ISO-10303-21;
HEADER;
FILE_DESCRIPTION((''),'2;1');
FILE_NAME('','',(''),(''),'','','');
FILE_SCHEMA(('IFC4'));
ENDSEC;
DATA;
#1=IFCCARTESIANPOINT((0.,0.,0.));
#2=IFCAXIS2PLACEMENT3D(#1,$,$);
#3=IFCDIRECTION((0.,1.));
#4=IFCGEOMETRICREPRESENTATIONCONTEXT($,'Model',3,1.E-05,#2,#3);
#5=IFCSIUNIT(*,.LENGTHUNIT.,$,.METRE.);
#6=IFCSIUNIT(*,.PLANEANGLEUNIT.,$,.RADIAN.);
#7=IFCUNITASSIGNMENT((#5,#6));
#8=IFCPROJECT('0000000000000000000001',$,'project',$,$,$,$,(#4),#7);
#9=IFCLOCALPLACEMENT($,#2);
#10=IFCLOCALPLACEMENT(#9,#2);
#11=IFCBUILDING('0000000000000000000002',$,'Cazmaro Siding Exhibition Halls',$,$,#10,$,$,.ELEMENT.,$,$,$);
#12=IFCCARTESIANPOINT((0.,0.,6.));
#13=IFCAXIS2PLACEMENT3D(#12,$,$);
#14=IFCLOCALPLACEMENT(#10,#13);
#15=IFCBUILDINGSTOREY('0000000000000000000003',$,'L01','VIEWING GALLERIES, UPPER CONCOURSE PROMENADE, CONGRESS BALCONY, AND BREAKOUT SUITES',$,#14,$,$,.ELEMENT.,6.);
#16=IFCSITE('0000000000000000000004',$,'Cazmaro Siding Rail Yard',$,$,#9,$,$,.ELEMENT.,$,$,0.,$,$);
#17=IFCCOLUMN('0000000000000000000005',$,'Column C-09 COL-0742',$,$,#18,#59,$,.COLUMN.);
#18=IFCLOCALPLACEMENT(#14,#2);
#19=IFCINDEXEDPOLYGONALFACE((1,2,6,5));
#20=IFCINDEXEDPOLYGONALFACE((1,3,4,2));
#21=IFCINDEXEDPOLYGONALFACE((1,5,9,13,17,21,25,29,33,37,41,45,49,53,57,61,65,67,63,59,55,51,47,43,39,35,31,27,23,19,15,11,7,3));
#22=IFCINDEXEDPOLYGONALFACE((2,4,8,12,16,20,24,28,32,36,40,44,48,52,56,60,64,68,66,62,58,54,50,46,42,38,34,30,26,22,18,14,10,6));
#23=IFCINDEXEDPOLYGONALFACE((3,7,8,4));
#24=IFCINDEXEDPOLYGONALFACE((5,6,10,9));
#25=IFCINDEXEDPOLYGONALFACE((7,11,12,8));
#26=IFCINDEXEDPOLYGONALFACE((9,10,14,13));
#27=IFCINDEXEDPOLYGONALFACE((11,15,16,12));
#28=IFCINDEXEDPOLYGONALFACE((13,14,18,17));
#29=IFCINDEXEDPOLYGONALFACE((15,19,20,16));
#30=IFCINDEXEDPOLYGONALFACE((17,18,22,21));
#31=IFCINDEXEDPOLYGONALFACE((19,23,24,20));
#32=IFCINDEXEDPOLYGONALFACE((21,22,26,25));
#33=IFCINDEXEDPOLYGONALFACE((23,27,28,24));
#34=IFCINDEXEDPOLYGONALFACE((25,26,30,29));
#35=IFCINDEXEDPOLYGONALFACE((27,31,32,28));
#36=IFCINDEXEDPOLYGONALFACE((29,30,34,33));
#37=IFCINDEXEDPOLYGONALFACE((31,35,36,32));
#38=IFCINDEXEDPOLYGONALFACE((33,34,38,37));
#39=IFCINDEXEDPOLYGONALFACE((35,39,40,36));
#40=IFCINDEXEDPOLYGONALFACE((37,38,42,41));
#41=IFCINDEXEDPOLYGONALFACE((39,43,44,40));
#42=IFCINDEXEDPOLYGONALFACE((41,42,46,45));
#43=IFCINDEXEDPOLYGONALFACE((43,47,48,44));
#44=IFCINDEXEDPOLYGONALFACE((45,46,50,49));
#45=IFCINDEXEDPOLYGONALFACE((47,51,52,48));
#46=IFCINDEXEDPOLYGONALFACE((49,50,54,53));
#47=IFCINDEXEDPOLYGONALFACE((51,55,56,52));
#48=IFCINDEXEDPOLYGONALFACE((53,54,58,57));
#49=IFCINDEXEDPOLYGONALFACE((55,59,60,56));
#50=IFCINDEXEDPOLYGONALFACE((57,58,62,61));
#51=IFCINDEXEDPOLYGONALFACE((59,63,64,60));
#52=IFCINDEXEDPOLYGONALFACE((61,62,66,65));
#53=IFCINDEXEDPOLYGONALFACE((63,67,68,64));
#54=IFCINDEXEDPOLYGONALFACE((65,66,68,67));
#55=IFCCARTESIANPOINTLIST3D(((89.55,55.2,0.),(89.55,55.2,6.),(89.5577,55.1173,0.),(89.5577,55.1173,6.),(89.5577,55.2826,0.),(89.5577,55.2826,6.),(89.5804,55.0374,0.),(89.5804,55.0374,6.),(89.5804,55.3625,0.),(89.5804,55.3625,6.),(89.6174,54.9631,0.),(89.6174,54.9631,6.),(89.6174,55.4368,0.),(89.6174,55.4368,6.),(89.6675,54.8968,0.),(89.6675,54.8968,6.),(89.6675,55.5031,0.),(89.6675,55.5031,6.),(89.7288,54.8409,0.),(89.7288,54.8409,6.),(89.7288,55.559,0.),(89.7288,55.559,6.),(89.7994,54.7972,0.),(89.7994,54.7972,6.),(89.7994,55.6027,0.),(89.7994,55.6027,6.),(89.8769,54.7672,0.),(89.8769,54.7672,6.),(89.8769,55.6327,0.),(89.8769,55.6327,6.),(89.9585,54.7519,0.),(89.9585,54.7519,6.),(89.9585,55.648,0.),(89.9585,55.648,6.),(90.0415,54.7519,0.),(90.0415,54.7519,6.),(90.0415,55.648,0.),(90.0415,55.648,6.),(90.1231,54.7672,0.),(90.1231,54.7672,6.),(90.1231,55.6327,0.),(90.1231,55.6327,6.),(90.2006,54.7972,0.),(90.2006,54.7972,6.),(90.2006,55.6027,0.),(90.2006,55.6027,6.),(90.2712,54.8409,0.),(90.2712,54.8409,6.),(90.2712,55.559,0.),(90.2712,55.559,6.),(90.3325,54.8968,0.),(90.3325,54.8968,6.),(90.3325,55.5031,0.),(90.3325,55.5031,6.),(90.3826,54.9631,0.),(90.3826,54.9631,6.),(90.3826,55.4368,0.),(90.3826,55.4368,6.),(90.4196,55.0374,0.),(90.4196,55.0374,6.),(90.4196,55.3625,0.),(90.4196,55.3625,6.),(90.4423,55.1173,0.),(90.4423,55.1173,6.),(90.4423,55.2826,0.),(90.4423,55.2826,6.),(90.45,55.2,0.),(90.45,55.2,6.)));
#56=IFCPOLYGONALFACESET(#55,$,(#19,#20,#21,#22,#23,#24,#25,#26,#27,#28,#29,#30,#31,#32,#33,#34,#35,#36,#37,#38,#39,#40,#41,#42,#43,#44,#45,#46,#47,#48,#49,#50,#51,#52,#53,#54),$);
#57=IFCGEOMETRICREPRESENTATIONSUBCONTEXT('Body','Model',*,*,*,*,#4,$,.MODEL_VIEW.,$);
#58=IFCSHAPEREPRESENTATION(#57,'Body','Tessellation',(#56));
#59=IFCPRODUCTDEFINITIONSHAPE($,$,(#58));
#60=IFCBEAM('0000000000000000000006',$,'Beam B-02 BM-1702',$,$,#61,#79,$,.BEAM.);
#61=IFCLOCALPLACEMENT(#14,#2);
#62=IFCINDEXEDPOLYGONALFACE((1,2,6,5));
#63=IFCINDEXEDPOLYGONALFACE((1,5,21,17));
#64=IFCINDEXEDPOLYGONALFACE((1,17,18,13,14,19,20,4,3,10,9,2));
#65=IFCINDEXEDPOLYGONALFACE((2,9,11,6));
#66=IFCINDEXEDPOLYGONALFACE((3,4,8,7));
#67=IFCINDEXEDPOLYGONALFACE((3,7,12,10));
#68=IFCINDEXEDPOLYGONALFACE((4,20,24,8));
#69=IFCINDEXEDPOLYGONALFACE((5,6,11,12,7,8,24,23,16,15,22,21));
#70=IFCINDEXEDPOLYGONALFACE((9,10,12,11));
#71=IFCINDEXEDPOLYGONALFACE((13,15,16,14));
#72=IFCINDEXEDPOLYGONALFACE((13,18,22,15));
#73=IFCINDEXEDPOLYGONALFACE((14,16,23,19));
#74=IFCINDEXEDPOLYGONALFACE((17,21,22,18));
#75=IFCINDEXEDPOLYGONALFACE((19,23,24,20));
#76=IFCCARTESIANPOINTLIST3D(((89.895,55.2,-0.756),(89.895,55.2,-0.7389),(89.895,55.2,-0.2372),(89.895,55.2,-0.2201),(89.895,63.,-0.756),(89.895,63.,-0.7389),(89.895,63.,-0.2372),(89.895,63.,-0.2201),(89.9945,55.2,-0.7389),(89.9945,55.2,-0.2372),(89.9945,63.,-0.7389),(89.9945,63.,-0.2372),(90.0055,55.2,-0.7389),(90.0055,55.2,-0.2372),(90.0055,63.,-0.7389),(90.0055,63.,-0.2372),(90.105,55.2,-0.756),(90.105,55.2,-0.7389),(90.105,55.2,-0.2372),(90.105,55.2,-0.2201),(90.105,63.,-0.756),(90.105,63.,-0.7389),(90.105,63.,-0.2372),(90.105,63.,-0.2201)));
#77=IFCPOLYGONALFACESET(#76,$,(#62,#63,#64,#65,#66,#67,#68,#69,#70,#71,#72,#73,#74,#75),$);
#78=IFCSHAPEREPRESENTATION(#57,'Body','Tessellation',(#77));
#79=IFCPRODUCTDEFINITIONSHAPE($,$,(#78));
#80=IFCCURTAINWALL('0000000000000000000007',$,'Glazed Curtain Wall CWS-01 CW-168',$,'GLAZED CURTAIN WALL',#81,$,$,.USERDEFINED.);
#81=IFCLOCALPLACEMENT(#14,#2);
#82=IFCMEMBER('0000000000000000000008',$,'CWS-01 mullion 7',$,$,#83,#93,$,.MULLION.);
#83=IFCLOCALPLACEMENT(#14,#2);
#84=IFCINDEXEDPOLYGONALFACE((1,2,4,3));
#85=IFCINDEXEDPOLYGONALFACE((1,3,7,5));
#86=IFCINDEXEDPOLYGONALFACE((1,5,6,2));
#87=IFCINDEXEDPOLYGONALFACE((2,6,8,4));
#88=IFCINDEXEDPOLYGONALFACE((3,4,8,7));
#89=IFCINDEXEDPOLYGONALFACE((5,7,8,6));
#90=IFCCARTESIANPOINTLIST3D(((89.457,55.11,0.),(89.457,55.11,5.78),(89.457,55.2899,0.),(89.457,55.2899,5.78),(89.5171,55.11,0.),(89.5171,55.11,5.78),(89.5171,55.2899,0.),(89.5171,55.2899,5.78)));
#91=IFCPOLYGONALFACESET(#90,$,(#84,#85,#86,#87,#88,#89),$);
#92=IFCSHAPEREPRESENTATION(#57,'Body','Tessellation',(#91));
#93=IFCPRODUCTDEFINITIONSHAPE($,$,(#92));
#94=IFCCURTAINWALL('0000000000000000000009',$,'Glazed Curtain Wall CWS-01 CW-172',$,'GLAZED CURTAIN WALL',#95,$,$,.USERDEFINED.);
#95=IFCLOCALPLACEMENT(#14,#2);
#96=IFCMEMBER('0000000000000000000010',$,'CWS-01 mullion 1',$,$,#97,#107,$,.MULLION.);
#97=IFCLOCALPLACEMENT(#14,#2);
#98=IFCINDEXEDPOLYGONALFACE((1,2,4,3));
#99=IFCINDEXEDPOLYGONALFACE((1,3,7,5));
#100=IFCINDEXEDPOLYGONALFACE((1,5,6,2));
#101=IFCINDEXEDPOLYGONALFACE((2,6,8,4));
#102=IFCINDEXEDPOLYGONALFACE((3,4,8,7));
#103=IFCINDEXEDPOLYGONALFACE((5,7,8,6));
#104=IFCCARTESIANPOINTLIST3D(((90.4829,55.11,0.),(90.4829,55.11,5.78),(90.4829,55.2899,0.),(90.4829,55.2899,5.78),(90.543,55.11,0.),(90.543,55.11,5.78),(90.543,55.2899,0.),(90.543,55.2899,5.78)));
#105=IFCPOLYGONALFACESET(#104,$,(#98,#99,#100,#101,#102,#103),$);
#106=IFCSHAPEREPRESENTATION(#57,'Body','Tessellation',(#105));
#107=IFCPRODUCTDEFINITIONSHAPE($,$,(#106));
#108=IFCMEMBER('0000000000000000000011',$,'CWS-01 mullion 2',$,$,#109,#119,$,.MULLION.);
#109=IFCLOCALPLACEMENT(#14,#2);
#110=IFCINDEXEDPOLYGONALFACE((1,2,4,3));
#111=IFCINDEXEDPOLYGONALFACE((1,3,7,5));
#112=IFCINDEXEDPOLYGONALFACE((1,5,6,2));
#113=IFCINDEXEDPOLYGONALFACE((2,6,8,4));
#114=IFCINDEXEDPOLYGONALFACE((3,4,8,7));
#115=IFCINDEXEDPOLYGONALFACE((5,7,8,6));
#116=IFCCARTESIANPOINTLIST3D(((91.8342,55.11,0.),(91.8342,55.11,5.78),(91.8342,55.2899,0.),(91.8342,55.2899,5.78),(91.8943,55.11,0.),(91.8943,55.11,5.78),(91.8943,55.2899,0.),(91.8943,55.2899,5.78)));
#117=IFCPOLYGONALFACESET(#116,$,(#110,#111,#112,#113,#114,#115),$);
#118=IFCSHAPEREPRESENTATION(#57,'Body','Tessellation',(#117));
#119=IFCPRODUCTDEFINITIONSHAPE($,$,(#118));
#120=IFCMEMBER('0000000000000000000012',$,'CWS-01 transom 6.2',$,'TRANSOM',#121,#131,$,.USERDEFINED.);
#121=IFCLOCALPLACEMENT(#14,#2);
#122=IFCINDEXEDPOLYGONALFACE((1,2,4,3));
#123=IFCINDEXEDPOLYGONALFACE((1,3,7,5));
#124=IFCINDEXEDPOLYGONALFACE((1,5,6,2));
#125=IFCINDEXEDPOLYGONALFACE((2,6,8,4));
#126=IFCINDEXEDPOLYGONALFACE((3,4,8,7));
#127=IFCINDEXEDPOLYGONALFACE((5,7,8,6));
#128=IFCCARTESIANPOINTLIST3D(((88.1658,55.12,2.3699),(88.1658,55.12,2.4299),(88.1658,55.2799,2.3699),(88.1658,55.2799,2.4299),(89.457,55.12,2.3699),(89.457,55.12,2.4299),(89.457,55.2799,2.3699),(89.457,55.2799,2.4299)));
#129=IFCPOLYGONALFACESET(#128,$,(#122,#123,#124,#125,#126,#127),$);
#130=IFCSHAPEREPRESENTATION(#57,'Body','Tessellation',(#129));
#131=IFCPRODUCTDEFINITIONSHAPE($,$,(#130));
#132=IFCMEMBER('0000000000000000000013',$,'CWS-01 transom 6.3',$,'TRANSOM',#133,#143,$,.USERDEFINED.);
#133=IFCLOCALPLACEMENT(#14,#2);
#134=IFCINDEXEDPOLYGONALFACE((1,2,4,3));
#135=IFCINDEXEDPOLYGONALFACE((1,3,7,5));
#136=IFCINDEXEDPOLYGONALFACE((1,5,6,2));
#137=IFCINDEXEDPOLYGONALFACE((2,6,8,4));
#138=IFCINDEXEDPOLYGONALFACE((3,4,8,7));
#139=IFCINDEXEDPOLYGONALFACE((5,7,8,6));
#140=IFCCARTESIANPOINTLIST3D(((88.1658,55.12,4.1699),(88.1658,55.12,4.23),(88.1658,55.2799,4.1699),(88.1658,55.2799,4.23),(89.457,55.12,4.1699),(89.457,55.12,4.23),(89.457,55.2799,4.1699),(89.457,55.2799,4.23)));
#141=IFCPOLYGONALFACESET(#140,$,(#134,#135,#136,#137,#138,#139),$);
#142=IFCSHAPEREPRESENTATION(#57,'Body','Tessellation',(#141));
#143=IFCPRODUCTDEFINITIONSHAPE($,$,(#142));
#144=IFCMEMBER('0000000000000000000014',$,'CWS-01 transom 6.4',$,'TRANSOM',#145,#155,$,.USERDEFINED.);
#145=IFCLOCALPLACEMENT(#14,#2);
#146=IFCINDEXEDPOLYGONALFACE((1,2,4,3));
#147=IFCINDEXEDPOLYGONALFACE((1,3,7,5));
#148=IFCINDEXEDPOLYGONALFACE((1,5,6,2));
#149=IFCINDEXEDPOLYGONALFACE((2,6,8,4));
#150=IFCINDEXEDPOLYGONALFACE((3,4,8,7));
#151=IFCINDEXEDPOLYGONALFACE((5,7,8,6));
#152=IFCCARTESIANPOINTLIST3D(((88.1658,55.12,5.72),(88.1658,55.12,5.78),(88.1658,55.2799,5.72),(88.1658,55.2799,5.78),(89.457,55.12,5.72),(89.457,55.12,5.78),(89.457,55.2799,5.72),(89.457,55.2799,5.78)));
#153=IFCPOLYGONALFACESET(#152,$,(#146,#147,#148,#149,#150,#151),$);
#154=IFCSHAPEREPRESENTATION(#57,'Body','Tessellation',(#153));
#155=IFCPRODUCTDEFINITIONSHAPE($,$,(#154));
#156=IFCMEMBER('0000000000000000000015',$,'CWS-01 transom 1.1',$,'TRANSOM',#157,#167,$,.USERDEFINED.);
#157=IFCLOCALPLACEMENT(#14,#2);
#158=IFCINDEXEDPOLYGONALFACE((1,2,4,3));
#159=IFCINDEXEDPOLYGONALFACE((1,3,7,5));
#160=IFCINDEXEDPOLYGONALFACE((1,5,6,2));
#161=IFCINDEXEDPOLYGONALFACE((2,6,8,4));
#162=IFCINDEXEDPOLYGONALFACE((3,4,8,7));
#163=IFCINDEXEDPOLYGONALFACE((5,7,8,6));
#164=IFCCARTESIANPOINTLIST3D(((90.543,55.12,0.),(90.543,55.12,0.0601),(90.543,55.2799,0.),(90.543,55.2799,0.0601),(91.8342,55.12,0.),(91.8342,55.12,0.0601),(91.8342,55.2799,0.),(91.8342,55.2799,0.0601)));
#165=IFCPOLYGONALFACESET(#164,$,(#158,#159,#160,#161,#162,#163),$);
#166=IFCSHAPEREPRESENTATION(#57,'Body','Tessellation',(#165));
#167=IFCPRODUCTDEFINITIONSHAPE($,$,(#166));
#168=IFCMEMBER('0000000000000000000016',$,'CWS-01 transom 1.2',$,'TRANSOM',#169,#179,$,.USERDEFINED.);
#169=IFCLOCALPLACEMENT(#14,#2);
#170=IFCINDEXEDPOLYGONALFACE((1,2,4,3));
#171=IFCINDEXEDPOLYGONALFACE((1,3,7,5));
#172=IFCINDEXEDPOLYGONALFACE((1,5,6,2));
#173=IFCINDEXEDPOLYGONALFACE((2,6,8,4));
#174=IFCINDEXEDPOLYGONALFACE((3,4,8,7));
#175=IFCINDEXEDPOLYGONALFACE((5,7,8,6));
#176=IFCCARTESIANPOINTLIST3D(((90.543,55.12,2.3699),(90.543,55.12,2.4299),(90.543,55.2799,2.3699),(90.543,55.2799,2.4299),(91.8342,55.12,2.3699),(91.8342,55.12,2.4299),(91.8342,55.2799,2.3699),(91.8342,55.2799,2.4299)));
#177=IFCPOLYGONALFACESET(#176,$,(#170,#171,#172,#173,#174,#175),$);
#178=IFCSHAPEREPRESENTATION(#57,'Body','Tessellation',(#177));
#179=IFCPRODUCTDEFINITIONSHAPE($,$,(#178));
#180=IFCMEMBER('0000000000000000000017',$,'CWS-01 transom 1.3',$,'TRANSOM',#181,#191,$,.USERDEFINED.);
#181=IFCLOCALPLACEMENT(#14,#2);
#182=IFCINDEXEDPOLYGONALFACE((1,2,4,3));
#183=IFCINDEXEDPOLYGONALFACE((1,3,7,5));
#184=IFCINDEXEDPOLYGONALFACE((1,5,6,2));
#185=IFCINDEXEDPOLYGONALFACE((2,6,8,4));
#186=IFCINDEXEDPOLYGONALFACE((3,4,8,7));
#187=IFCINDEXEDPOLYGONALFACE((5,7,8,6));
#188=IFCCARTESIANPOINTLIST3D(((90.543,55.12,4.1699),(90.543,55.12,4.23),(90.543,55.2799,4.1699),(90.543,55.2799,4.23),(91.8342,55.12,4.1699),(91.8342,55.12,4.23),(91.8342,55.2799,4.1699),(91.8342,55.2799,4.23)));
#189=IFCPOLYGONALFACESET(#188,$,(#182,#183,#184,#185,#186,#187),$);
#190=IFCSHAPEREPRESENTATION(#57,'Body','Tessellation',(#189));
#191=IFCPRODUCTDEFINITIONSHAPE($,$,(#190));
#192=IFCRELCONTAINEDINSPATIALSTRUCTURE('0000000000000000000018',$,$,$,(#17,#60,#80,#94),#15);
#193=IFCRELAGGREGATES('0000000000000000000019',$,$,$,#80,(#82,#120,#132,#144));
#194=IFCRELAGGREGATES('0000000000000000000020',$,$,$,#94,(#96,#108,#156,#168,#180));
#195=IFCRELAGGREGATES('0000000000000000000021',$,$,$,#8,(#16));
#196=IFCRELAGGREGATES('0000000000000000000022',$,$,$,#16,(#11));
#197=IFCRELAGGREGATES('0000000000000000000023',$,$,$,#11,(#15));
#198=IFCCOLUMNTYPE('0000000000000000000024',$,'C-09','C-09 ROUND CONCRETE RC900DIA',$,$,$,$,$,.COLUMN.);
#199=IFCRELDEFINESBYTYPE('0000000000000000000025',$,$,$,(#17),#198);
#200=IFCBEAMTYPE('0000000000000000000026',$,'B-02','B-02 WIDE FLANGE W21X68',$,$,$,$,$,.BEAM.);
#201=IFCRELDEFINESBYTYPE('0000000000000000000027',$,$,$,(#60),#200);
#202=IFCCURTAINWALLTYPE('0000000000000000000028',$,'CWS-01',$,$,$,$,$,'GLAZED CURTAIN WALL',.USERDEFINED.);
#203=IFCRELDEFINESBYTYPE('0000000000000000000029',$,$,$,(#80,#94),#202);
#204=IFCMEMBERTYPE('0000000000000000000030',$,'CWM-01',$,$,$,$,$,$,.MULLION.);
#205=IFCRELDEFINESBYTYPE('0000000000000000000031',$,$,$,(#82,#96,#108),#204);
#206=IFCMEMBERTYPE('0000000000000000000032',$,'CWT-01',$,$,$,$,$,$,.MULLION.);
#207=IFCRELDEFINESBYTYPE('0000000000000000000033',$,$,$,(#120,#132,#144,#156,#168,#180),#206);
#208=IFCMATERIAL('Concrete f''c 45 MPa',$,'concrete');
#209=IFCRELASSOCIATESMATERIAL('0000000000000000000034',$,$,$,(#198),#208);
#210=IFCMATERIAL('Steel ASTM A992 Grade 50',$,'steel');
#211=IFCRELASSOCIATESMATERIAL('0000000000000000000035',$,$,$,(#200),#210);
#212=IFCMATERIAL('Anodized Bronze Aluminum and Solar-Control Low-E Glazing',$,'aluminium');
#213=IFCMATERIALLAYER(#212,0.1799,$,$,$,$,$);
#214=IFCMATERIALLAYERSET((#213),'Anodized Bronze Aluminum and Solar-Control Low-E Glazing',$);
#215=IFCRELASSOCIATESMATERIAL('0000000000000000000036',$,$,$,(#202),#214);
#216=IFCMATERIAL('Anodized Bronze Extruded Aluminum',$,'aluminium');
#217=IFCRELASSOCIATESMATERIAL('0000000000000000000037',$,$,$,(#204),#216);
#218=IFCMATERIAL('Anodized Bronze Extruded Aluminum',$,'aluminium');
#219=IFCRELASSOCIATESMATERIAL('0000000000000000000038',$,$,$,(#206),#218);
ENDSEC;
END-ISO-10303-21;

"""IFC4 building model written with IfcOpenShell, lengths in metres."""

from ifc_helpers import new_model, si_unit, direction, frame, origin, origin_2d, place, context, subcontext, project, spatial, rectangle, circle, i_section, extrude, material, layer, layer_set, material_profile, profile_set, type_object, element, aggregate, save


model = new_model("IFC4")

# Units and contexts
model_context = context("Model", 3, precision=1e-05, world=origin(), true_north=direction((0.0, 1.0)))
body_context = subcontext(model_context, "Body", "Model", "MODEL_VIEW")
ifc_project = project(units=[si_unit("LENGTHUNIT", "METRE"), si_unit("PLANEANGLEUNIT", "RADIAN")], contexts=[model_context])

# Site, building, storey
site_placement = place(None, origin())
site = spatial("IfcSite", under=ifc_project, at=site_placement, Name="Cazmaro Siding Rail Yard", CompositionType="ELEMENT", RefElevation=0.0)
building_placement = place(site_placement, origin())
building = spatial("IfcBuilding", under=site, at=building_placement, Name="Cazmaro Siding Exhibition Halls", CompositionType="ELEMENT")
storey_placement = place(building_placement, frame((0.0, 0.0, 6.0)))
storey = spatial("IfcBuildingStorey", under=building, at=storey_placement, Name="L01", Description="VIEWING GALLERIES, UPPER CONCOURSE PROMENADE, CONGRESS BALCONY, AND BREAKOUT SUITES", CompositionType="ELEMENT", Elevation=6.0)

# Column
ifc_material_1 = material(Name="Concrete f'c 45 MPa", Category="concrete")
ifc_material_profile_1 = material_profile(ifc_material_1, circle(Radius=0.45, at=origin_2d()), Name="RC900DIA")
ifc_profile_set_1 = profile_set([ifc_material_profile_1], Name="Concrete f'c 45 MPa")
column_type = type_object("IfcColumnType", Name="C-09", Description="C-09 ROUND CONCRETE RC900DIA", PredefinedType="COLUMN", material=ifc_profile_set_1)
column_placement = place(storey_placement, frame((90.0, 55.2, 0.0), z_axis=(0.0, 0.0, 1.0), x_axis=(1.0, 0.0, 0.0)))
element("IfcColumn", 1, at=column_placement, inside=storey, type_object=column_type, Name="Column C-09 COL-0742", PredefinedType="COLUMN", context=body_context, shape_type="SweptSolid", body=[
    extrude(circle(Radius=0.45, at=origin_2d()), origin(), (0.0, 0.0, 1.0), 6.0),
])

# Beam
ifc_material_2 = material(Name="Steel ASTM A992 Grade 50", Category="steel")
ifc_material_profile_2 = material_profile(ifc_material_2, i_section(OverallWidth=0.21, OverallDepth=0.5359, WebThickness=0.011, FlangeThickness=0.0171, at=origin_2d()), Name="W21X68")
ifc_profile_set_2 = profile_set([ifc_material_profile_2], Name="Steel ASTM A992 Grade 50")
beam_type_1 = type_object("IfcBeamType", Name="B-02", Description="B-02 WIDE FLANGE W21X68", PredefinedType="BEAM", material=ifc_profile_set_2)
beam_1_placement = place(storey_placement, frame((90.0, 55.2, -0.488), z_axis=(0.0, 1.0, 0.0), x_axis=(-1.0, 0.0, 0.0)))
element("IfcBeam", 2, at=beam_1_placement, inside=storey, type_object=beam_type_1, Name="Beam B-02 BM-1702", PredefinedType="BEAM", context=body_context, shape_type="SweptSolid", body=[
    extrude(i_section(OverallWidth=0.21, OverallDepth=0.5359, WebThickness=0.011, FlangeThickness=0.0171, at=origin_2d()), origin(), (0.0, 0.0, 1.0), 7.8),
])

# Curtain wall, member
ifc_material_3 = material(Name="Anodized Bronze Aluminum and Solar-Control Low-E Glazing", Category="aluminium")
ifc_layer_1 = layer(ifc_material_3, 0.1799)
ifc_layer_set_1 = layer_set([ifc_layer_1], Name="Anodized Bronze Aluminum and Solar-Control Low-E Glazing")
curtain_wall_type = type_object("IfcCurtainWallType", Name="CWS-01", ElementType="GLAZED CURTAIN WALL", PredefinedType="USERDEFINED", material=ifc_layer_set_1)
curtain_wall_1_placement = place(storey_placement, origin())
curtain_wall_1 = element("IfcCurtainWall", 3, at=curtain_wall_1_placement, inside=storey, type_object=curtain_wall_type, Name="Glazed Curtain Wall CWS-01 CW-168", ObjectType="GLAZED CURTAIN WALL", PredefinedType="USERDEFINED")
ifc_material_4 = material(Name="Anodized Bronze Extruded Aluminum", Category="aluminium")
ifc_material_profile_3 = material_profile(ifc_material_4, rectangle(XDim=0.1799, YDim=0.0601, at=origin_2d()), Name="CWM-01")
ifc_profile_set_3 = profile_set([ifc_material_profile_3], Name="Anodized Bronze Extruded Aluminum")
member_type_1 = type_object("IfcMemberType", Name="CWM-01", PredefinedType="MULLION", material=ifc_profile_set_3)
member_1_placement = place(storey_placement, frame((89.4871, 55.2, 0.0), z_axis=(0.0, 0.0, 1.0), x_axis=(0.0, 1.0, 0.0)))
member_1 = element("IfcMember", 4, at=member_1_placement, type_object=member_type_1, Name="CWS-01 mullion 7", PredefinedType="MULLION", context=body_context, shape_type="SweptSolid", body=[
    extrude(rectangle(XDim=0.1799, YDim=0.0601, at=origin_2d()), origin(), (0.0, 0.0, 1.0), 5.78),
])

# Curtain wall, members
curtain_wall_2_placement = place(storey_placement, origin())
curtain_wall_2 = element("IfcCurtainWall", 5, at=curtain_wall_2_placement, inside=storey, type_object=curtain_wall_type, Name="Glazed Curtain Wall CWS-01 CW-172", ObjectType="GLAZED CURTAIN WALL", PredefinedType="USERDEFINED")
member_2_placement = place(storey_placement, frame((90.5129, 55.2, 0.0), z_axis=(0.0, 0.0, 1.0), x_axis=(0.0, 1.0, 0.0)))
member_2 = element("IfcMember", 6, at=member_2_placement, type_object=member_type_1, Name="CWS-01 mullion 1", PredefinedType="MULLION", context=body_context, shape_type="SweptSolid", body=[
    extrude(rectangle(XDim=0.1799, YDim=0.0601, at=origin_2d()), origin(), (0.0, 0.0, 1.0), 5.78),
])
member_3_placement = place(storey_placement, frame((91.8643, 55.2, 0.0), z_axis=(0.0, 0.0, 1.0), x_axis=(0.0, 1.0, 0.0)))
member_3 = element("IfcMember", 7, at=member_3_placement, type_object=member_type_1, Name="CWS-01 mullion 2", PredefinedType="MULLION", context=body_context, shape_type="SweptSolid", body=[
    extrude(rectangle(XDim=0.1799, YDim=0.0601, at=origin_2d()), origin(), (0.0, 0.0, 1.0), 5.78),
])

# Members
ifc_material_5 = material(Name="Anodized Bronze Extruded Aluminum", Category="aluminium")
ifc_material_profile_4 = material_profile(ifc_material_5, rectangle(XDim=0.1599, YDim=0.0601, at=origin_2d()), Name="CWT-01")
ifc_profile_set_4 = profile_set([ifc_material_profile_4], Name="Anodized Bronze Extruded Aluminum")
member_type_2 = type_object("IfcMemberType", Name="CWT-01", PredefinedType="MULLION", material=ifc_profile_set_4)
member_4_placement = place(storey_placement, frame((88.1658, 55.2, 2.3999), z_axis=(1.0, 0.0, 0.0), x_axis=(0.0, 1.0, 0.0)))
member_4 = element("IfcMember", 8, at=member_4_placement, type_object=member_type_2, Name="CWS-01 transom 6.2", ObjectType="TRANSOM", PredefinedType="USERDEFINED", context=body_context, shape_type="SweptSolid", body=[
    extrude(rectangle(XDim=0.1599, YDim=0.0601, at=origin_2d()), origin(), (0.0, 0.0, 1.0), 1.2913),
])
member_5_placement = place(storey_placement, frame((88.1658, 55.2, 4.2), z_axis=(1.0, 0.0, 0.0), x_axis=(0.0, 1.0, 0.0)))
member_5 = element("IfcMember", 9, at=member_5_placement, type_object=member_type_2, Name="CWS-01 transom 6.3", ObjectType="TRANSOM", PredefinedType="USERDEFINED", context=body_context, shape_type="SweptSolid", body=[
    extrude(rectangle(XDim=0.1599, YDim=0.0601, at=origin_2d()), origin(), (0.0, 0.0, 1.0), 1.2913),
])
member_6_placement = place(storey_placement, frame((88.1658, 55.2, 5.75), z_axis=(1.0, 0.0, 0.0), x_axis=(0.0, 1.0, 0.0)))
member_6 = element("IfcMember", 10, at=member_6_placement, type_object=member_type_2, Name="CWS-01 transom 6.4", ObjectType="TRANSOM", PredefinedType="USERDEFINED", context=body_context, shape_type="SweptSolid", body=[
    extrude(rectangle(XDim=0.1599, YDim=0.0601, at=origin_2d()), origin(), (0.0, 0.0, 1.0), 1.2913),
])
member_7_placement = place(storey_placement, frame((90.543, 55.2, 0.03), z_axis=(1.0, 0.0, 0.0), x_axis=(0.0, 1.0, 0.0)))
member_7 = element("IfcMember", 11, at=member_7_placement, type_object=member_type_2, Name="CWS-01 transom 1.1", ObjectType="TRANSOM", PredefinedType="USERDEFINED", context=body_context, shape_type="SweptSolid", body=[
    extrude(rectangle(XDim=0.1599, YDim=0.0601, at=origin_2d()), origin(), (0.0, 0.0, 1.0), 1.2913),
])
member_8_placement = place(storey_placement, frame((90.543, 55.2, 2.3999), z_axis=(1.0, 0.0, 0.0), x_axis=(0.0, 1.0, 0.0)))
member_8 = element("IfcMember", 12, at=member_8_placement, type_object=member_type_2, Name="CWS-01 transom 1.2", ObjectType="TRANSOM", PredefinedType="USERDEFINED", context=body_context, shape_type="SweptSolid", body=[
    extrude(rectangle(XDim=0.1599, YDim=0.0601, at=origin_2d()), origin(), (0.0, 0.0, 1.0), 1.2913),
])
member_9_placement = place(storey_placement, frame((90.543, 55.2, 4.2), z_axis=(1.0, 0.0, 0.0), x_axis=(0.0, 1.0, 0.0)))
member_9 = element("IfcMember", 13, at=member_9_placement, type_object=member_type_2, Name="CWS-01 transom 1.3", ObjectType="TRANSOM", PredefinedType="USERDEFINED", context=body_context, shape_type="SweptSolid", body=[
    extrude(rectangle(XDim=0.1599, YDim=0.0601, at=origin_2d()), origin(), (0.0, 0.0, 1.0), 1.2913),
])

aggregate(curtain_wall_1, [member_1, member_4, member_5, member_6])
aggregate(curtain_wall_2, [member_2, member_3, member_7, member_8, member_9])

save(model, "model.ifc")
